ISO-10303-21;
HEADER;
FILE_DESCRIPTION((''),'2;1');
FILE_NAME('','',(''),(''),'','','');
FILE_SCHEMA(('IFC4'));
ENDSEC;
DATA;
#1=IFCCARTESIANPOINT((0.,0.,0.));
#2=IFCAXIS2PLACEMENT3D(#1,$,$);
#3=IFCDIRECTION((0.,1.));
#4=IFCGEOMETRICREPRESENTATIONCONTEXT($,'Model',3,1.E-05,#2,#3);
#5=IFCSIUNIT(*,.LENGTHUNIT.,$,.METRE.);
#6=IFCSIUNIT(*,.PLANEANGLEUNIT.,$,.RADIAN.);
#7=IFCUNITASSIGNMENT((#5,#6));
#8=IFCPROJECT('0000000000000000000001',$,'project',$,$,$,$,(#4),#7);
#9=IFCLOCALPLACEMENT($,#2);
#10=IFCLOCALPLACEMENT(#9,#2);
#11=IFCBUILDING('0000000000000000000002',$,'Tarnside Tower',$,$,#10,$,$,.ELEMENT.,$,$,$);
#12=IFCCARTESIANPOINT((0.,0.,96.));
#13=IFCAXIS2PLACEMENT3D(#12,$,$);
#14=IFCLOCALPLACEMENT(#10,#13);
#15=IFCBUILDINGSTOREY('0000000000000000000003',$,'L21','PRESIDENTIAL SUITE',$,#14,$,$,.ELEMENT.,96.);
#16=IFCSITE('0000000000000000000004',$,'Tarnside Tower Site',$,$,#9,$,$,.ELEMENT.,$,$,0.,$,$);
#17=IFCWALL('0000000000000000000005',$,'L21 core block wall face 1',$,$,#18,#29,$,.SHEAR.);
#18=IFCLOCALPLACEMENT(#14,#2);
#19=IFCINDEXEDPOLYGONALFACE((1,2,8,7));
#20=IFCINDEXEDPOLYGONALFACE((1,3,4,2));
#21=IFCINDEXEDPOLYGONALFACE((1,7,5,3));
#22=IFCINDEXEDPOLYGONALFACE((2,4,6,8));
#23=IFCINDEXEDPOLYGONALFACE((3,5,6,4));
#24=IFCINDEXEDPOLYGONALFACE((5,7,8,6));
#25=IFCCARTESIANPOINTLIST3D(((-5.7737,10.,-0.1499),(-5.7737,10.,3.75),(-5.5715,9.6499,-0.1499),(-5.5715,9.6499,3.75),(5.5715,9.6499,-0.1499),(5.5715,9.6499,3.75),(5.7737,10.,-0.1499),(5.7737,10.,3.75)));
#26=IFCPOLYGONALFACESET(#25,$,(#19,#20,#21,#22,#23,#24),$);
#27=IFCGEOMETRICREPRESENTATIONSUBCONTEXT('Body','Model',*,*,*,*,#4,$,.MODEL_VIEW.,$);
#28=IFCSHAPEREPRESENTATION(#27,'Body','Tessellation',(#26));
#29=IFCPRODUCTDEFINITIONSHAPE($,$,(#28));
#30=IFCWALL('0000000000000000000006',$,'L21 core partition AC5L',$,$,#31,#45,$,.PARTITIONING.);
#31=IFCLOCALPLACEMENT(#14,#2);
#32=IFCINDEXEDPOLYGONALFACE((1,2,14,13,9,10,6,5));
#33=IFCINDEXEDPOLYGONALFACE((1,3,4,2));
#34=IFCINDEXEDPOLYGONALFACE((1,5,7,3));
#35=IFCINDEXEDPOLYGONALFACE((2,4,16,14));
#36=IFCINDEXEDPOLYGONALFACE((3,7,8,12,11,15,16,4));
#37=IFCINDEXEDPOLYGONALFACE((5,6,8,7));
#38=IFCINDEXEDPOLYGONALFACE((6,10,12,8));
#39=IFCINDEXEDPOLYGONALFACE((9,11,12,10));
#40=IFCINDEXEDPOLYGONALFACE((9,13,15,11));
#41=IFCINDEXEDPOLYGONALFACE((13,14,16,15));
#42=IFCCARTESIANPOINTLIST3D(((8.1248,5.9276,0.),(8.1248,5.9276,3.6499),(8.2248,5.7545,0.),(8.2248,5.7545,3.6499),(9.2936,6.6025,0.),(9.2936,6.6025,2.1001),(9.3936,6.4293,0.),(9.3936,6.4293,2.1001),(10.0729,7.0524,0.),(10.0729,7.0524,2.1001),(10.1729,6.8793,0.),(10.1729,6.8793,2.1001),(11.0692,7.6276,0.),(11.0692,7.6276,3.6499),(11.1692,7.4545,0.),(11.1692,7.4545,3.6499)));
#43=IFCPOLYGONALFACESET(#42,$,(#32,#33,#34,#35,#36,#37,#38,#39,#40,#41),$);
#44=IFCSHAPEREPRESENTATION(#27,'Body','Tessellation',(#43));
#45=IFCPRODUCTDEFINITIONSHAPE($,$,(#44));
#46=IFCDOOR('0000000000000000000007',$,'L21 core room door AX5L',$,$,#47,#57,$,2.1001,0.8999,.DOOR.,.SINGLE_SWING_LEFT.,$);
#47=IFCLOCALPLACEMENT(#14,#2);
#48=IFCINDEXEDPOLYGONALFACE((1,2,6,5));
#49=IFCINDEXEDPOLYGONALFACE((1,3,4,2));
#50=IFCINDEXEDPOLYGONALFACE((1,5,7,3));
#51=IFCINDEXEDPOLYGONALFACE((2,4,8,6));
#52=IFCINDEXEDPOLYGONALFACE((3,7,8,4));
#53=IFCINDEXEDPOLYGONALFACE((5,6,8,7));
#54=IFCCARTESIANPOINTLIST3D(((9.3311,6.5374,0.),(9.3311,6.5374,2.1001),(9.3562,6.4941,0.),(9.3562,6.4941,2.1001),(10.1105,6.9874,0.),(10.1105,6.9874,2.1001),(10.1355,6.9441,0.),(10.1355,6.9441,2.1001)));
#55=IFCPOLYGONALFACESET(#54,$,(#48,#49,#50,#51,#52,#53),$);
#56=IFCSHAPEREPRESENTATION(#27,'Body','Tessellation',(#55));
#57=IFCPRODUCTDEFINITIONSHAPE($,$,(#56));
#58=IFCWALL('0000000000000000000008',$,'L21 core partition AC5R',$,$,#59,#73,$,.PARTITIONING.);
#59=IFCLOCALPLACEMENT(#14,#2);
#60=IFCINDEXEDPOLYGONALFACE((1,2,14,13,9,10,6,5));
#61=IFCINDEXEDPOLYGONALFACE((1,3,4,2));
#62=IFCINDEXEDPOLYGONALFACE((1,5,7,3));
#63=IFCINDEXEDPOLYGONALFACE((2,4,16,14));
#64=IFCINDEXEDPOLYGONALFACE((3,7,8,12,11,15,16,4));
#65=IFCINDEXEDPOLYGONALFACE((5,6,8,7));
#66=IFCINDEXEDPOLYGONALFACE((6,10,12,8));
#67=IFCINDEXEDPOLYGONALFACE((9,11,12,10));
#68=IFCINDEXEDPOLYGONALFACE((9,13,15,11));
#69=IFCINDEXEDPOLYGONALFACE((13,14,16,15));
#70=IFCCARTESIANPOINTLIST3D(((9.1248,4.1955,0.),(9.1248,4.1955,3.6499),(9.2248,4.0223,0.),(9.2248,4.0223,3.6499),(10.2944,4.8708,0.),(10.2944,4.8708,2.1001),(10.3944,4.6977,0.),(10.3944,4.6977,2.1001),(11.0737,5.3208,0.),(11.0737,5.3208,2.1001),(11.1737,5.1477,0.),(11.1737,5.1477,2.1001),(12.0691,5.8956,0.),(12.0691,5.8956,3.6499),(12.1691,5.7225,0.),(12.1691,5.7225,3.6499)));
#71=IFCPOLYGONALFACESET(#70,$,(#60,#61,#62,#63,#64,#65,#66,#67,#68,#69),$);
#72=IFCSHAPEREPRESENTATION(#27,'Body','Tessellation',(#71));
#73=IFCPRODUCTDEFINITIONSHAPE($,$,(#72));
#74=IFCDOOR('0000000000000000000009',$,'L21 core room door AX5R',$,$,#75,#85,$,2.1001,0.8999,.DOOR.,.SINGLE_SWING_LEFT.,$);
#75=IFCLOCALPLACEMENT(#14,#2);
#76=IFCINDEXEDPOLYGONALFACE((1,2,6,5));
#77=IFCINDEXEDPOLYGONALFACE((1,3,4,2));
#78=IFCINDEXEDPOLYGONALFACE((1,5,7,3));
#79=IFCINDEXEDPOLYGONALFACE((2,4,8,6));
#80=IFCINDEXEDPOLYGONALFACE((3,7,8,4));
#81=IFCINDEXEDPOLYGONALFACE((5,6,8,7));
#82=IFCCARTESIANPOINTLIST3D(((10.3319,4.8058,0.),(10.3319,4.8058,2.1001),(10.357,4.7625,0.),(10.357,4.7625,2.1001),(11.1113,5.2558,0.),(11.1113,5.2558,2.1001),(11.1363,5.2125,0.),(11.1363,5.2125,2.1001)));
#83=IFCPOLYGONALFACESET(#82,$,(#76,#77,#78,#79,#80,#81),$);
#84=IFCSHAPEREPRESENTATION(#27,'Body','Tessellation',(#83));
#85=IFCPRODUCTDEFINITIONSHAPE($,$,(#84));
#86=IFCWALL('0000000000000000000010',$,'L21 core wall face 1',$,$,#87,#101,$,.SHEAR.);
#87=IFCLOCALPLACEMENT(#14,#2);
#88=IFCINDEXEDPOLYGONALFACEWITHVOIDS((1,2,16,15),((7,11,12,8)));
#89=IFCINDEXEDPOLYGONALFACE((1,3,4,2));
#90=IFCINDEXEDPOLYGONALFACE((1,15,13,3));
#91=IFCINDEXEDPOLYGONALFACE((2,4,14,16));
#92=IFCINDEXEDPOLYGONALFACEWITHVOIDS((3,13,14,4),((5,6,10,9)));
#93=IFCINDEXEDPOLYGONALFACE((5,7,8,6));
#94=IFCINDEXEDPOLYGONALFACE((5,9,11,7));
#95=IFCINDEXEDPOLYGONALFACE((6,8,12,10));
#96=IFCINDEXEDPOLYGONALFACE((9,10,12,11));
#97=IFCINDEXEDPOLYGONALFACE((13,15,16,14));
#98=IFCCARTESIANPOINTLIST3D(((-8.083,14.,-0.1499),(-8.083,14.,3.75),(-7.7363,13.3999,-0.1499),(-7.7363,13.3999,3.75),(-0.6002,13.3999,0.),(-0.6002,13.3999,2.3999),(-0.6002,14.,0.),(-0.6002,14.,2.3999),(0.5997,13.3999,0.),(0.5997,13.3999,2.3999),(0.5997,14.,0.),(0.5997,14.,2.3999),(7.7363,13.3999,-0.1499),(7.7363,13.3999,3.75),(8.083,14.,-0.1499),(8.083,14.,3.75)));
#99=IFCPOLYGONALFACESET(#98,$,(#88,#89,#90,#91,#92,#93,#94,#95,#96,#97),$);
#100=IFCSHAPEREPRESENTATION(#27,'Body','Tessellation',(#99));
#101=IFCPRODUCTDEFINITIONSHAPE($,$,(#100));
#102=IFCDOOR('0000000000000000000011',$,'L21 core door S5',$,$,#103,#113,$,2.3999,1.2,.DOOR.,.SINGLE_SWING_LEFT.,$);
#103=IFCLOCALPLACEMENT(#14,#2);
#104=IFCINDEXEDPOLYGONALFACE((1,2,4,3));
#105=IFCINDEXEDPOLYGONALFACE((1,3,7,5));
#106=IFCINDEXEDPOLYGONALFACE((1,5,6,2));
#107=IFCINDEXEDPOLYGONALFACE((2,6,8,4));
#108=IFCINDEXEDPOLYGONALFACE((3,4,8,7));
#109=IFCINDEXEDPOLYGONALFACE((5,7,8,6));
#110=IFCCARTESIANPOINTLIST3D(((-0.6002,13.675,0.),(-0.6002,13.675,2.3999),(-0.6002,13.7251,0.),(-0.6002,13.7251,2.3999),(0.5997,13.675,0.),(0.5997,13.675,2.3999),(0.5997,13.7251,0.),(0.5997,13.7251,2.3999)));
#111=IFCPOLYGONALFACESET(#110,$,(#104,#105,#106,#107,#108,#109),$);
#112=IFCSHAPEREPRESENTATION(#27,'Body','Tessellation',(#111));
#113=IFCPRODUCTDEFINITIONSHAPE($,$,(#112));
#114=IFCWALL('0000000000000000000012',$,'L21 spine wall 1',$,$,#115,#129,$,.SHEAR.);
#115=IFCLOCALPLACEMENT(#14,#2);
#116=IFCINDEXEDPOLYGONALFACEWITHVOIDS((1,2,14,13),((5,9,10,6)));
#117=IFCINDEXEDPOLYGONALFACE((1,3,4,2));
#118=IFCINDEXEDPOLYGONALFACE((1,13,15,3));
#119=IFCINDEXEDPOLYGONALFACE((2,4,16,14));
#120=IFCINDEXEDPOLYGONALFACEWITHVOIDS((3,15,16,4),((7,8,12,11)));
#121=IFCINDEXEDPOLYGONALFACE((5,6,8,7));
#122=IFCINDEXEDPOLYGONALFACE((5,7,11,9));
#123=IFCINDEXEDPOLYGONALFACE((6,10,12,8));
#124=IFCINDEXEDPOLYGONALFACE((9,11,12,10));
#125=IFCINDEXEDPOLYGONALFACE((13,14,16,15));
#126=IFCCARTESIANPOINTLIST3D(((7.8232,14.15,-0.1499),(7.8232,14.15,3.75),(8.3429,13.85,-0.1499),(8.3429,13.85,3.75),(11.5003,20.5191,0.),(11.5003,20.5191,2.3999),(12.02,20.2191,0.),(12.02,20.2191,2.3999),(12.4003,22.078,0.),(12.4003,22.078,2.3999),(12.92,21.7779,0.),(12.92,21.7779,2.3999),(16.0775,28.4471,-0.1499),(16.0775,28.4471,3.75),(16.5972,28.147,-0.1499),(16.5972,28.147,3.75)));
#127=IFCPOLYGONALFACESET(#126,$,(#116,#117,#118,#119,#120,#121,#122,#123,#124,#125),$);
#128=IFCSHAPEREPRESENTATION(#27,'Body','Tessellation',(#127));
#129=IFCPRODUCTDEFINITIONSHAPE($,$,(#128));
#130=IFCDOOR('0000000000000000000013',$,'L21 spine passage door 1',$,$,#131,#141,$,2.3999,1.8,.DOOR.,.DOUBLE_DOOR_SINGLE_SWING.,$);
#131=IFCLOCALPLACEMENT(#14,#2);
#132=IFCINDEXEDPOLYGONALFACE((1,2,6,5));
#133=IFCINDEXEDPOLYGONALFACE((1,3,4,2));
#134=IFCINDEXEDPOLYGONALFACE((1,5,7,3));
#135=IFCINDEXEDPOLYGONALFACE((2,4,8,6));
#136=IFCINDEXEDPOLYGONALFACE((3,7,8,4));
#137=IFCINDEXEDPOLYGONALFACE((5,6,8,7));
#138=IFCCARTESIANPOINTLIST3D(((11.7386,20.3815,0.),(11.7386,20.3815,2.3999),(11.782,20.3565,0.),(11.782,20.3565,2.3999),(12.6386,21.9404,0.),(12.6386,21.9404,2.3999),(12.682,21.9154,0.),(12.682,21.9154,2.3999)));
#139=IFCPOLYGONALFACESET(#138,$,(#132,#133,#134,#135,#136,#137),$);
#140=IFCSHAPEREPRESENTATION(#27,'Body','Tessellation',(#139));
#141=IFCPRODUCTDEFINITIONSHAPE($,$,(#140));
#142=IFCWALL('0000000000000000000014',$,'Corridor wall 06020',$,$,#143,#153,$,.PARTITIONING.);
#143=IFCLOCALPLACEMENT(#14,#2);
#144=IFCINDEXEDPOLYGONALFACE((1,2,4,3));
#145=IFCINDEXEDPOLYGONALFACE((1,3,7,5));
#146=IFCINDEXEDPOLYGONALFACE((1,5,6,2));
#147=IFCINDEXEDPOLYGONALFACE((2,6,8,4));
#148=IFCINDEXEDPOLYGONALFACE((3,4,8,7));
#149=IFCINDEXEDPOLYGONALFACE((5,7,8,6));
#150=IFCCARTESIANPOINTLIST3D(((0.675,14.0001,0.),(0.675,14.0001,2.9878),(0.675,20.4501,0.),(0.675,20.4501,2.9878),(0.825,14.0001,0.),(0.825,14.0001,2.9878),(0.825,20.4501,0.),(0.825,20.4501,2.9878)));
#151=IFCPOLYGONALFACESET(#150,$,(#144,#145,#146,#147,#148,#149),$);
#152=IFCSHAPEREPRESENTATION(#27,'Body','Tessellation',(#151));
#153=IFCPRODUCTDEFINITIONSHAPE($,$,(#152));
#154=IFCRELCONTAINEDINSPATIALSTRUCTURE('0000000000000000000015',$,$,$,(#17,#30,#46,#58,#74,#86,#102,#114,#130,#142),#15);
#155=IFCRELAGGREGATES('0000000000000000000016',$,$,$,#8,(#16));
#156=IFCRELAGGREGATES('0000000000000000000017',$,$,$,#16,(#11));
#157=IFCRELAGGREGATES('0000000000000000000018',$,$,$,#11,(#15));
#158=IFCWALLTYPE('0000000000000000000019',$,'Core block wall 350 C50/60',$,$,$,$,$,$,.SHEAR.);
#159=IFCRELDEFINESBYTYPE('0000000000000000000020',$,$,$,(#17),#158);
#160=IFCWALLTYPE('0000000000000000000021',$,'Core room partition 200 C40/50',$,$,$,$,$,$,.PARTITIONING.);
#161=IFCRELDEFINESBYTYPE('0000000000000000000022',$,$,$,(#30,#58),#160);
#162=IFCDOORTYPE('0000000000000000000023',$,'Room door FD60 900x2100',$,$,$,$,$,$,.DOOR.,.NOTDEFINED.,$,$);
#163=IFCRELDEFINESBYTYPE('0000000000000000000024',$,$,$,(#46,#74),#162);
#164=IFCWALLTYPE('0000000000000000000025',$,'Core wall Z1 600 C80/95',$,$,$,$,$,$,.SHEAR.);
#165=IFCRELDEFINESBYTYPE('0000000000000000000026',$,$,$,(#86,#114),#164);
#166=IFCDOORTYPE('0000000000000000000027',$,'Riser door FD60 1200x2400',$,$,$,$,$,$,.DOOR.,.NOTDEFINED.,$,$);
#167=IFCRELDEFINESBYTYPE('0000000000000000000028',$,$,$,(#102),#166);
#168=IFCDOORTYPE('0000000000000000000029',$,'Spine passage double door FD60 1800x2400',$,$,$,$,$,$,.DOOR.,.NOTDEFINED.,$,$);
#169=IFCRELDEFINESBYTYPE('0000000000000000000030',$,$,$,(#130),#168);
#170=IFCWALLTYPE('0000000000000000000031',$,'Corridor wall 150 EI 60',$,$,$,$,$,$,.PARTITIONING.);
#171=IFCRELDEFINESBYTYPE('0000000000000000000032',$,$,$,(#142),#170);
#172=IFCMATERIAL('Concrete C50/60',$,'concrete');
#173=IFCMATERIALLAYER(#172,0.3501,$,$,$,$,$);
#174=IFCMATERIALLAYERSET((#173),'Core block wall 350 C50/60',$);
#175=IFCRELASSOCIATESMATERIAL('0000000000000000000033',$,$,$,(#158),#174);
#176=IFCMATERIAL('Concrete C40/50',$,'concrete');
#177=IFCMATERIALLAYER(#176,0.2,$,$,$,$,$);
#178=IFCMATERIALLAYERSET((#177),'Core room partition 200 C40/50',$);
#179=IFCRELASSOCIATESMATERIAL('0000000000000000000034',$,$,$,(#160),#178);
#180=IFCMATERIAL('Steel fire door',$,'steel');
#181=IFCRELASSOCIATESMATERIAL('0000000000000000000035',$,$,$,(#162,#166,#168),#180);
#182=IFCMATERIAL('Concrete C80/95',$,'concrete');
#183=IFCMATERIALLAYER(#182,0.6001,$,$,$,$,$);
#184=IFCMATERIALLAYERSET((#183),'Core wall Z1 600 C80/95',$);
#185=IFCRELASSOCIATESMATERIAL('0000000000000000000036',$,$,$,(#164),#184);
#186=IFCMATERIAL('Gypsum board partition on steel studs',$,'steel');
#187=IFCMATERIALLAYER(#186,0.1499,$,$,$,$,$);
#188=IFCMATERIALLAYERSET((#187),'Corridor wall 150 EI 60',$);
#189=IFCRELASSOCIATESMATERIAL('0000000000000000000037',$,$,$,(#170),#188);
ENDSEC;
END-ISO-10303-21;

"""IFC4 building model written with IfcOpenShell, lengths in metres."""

from ifc_helpers import new_model, si_unit, direction, frame, frame_2d, origin, place, context, subcontext, project, spatial, polyline, rectangle, outline, extrude, material, layer, layer_set, type_object, element, fill, save


model = new_model("IFC4")

# Units and contexts
model_context = context("Model", 3, precision=1e-05, world=origin(), true_north=direction((0.0, 1.0)))
body_context = subcontext(model_context, "Body", "Model", "MODEL_VIEW")
ifc_project = project(units=[si_unit("LENGTHUNIT", "METRE"), si_unit("PLANEANGLEUNIT", "RADIAN")], contexts=[model_context])

# Site, building, storey
site_placement = place(None, origin())
site = spatial("IfcSite", under=ifc_project, at=site_placement, Name="Tarnside Tower Site", CompositionType="ELEMENT", RefElevation=0.0)
building_placement = place(site_placement, origin())
building = spatial("IfcBuilding", under=site, at=building_placement, Name="Tarnside Tower", CompositionType="ELEMENT")
storey_placement = place(building_placement, frame((0.0, 0.0, 96.0)))
storey = spatial("IfcBuildingStorey", under=building, at=storey_placement, Name="L21", Description="PRESIDENTIAL SUITE", CompositionType="ELEMENT", Elevation=96.0)

# Wall
ifc_material_1 = material(Name="Concrete C50/60", Category="concrete")
ifc_layer_1 = layer(ifc_material_1, 0.3501)
ifc_layer_set_1 = layer_set([ifc_layer_1], Name="Core block wall 350 C50/60")
wall_type_1 = type_object("IfcWallType", Name="Core block wall 350 C50/60", PredefinedType="SHEAR", material=ifc_layer_set_1)
wall_1_placement = place(storey_placement, frame((5.6726, 9.825, -0.1499), z_axis=(0.0, 0.0, 1.0), x_axis=(-1.0, 0.0, 0.0)))
element("IfcWall", 1, at=wall_1_placement, inside=storey, type_object=wall_type_1, Name="L21 core block wall face 1", PredefinedType="SHEAR", context=body_context, shape_type="SweptSolid", body=[
    extrude(outline(polyline([(-0.1011, -0.175), (11.4463, -0.175), (11.2441, 0.175), (0.1011, 0.175), (-0.1011, -0.175)])), origin(), (0.0, 0.0, 1.0), 3.8999),
])

# Walls, openings, doors
ifc_material_2 = material(Name="Concrete C40/50", Category="concrete")
ifc_layer_2 = layer(ifc_material_2, 0.2)
ifc_layer_set_2 = layer_set([ifc_layer_2], Name="Core room partition 200 C40/50")
wall_type_2 = type_object("IfcWallType", Name="Core room partition 200 C40/50", PredefinedType="PARTITIONING", material=ifc_layer_set_2)
wall_2_placement = place(storey_placement, frame((8.1748, 5.8411, 0.0), z_axis=(0.0, 0.0, 1.0), x_axis=(0.866021, 0.500008, 0.0)))
wall_2 = element("IfcWall", 2, at=wall_2_placement, inside=storey, type_object=wall_type_2, Name="L21 core partition AC5L", PredefinedType="PARTITIONING", context=body_context, shape_type="SweptSolid", body=[
    extrude(rectangle(XDim=3.3999, YDim=0.2, at=frame_2d((1.7, 0.0))), origin(), (0.0, 0.0, 1.0), 3.6499),
])
opening_1_placement = place(wall_2_placement, frame((1.3496, 0.0, 0.0)))
opening_1 = element("IfcOpeningElement", 3, at=opening_1_placement, cuts=wall_2, PredefinedType="OPENING", context=body_context, shape_type="SweptSolid", body=[
    extrude(rectangle(XDim=0.8999, YDim=2.1001, at=frame_2d((0.45, 1.05))), frame((0.0, 0.1099, 0.0), z_axis=(0.0, -1.0, 0.0), x_axis=(1.0, 0.0, 0.0)), (0.0, 0.0, 1.0), 0.22),
])
ifc_material_3 = material(Name="Steel fire door", Category="steel")
door_type_1 = type_object("IfcDoorType", Name="Room door FD60 900x2100", OperationType="NOTDEFINED", PredefinedType="DOOR", material=ifc_material_3)
door_1_placement = place(opening_1_placement, origin())
door_1 = element("IfcDoor", 4, at=door_1_placement, inside=storey, type_object=door_type_1, Name="L21 core room door AX5L", OperationType="SINGLE_SWING_LEFT", OverallHeight=2.1001, OverallWidth=0.8999, PredefinedType="DOOR", context=body_context, shape_type="SweptSolid", body=[
    extrude(rectangle(XDim=0.8999, YDim=2.1001, at=frame_2d((0.45, 1.05))), frame((0.0, 0.0249, 0.0), z_axis=(0.0, -1.0, 0.0), x_axis=(1.0, 0.0, 0.0)), (0.0, 0.0, 1.0), 0.05),
])
fill(opening_1, door_1)
wall_3_placement = place(storey_placement, frame((9.1748, 4.1089, 0.0), z_axis=(0.0, 0.0, 1.0), x_axis=(0.865989, 0.500062, 0.0)))
wall_3 = element("IfcWall", 5, at=wall_3_placement, inside=storey, type_object=wall_type_2, Name="L21 core partition AC5R", PredefinedType="PARTITIONING", context=body_context, shape_type="SweptSolid", body=[
    extrude(rectangle(XDim=3.3999, YDim=0.2, at=frame_2d((1.7, 0.0))), origin(), (0.0, 0.0, 1.0), 3.6499),
])
opening_2_placement = place(wall_3_placement, frame((1.3506, 0.0, 0.0)))
opening_2 = element("IfcOpeningElement", 6, at=opening_2_placement, cuts=wall_3, PredefinedType="OPENING", context=body_context, shape_type="SweptSolid", body=[
    extrude(rectangle(XDim=0.8999, YDim=2.1001, at=frame_2d((0.45, 1.05))), frame((0.0, 0.1099, 0.0), z_axis=(0.0, -1.0, 0.0), x_axis=(1.0, 0.0, 0.0)), (0.0, 0.0, 1.0), 0.22),
])
door_2_placement = place(opening_2_placement, origin())
door_2 = element("IfcDoor", 7, at=door_2_placement, inside=storey, type_object=door_type_1, Name="L21 core room door AX5R", OperationType="SINGLE_SWING_LEFT", OverallHeight=2.1001, OverallWidth=0.8999, PredefinedType="DOOR", context=body_context, shape_type="SweptSolid", body=[
    extrude(rectangle(XDim=0.8999, YDim=2.1001, at=frame_2d((0.45, 1.05))), frame((0.0, 0.0249, 0.0), z_axis=(0.0, -1.0, 0.0), x_axis=(1.0, 0.0, 0.0)), (0.0, 0.0, 1.0), 0.05),
])
fill(opening_2, door_2)
ifc_material_4 = material(Name="Concrete C80/95", Category="concrete")
ifc_layer_3 = layer(ifc_material_4, 0.6001)
ifc_layer_set_3 = layer_set([ifc_layer_3], Name="Core wall Z1 600 C80/95")
wall_type_3 = type_object("IfcWallType", Name="Core wall Z1 600 C80/95", PredefinedType="SHEAR", material=ifc_layer_set_3)
wall_4_placement = place(storey_placement, frame((7.9097, 13.7, -0.1499), z_axis=(0.0, 0.0, 1.0), x_axis=(-1.0, 0.0, 0.0)))
wall_4 = element("IfcWall", 8, at=wall_4_placement, inside=storey, type_object=wall_type_3, Name="L21 core wall face 1", PredefinedType="SHEAR", context=body_context, shape_type="SweptSolid", body=[
    extrude(outline(polyline([(-0.1733, -0.3), (15.9927, -0.3), (15.646, 0.3), (0.1733, 0.3), (-0.1733, -0.3)])), origin(), (0.0, 0.0, 1.0), 3.8999),
])
opening_3_placement = place(wall_4_placement, frame((7.3098, 0.0, 0.1499)))
opening_3 = element("IfcOpeningElement", 9, at=opening_3_placement, cuts=wall_4, PredefinedType="OPENING", context=body_context, shape_type="SweptSolid", body=[
    extrude(rectangle(XDim=1.2, YDim=2.3999, at=frame_2d((0.6001, 1.2))), frame((0.0, 0.3101, 0.0), z_axis=(0.0, -1.0, 0.0), x_axis=(1.0, 0.0, 0.0)), (0.0, 0.0, 1.0), 0.6201),
])
door_type_2 = type_object("IfcDoorType", Name="Riser door FD60 1200x2400", OperationType="NOTDEFINED", PredefinedType="DOOR", material=ifc_material_3)
door_3_placement = place(opening_3_placement, origin())
door_3 = element("IfcDoor", 10, at=door_3_placement, inside=storey, type_object=door_type_2, Name="L21 core door S5", OperationType="SINGLE_SWING_LEFT", OverallHeight=2.3999, OverallWidth=1.2, PredefinedType="DOOR", context=body_context, shape_type="SweptSolid", body=[
    extrude(rectangle(XDim=1.2, YDim=2.3999, at=frame_2d((0.6001, 1.2))), frame((0.0, 0.0249, 0.0), z_axis=(0.0, -1.0, 0.0), x_axis=(1.0, 0.0, 0.0)), (0.0, 0.0, 1.0), 0.05),
])
fill(opening_3, door_3)
wall_5_placement = place(storey_placement, frame((8.083, 14.0, -0.1499), z_axis=(0.0, 0.0, 1.0), x_axis=(0.499998, 0.866027, 0.0)))
wall_5 = element("IfcWall", 11, at=wall_5_placement, inside=storey, type_object=wall_type_3, Name="L21 spine wall 1", PredefinedType="SHEAR", context=body_context, shape_type="SweptSolid", body=[
    extrude(rectangle(XDim=16.5088, YDim=0.6001, at=frame_2d((8.2544, 0.0))), origin(), (0.0, 0.0, 1.0), 3.8999),
])
opening_4_placement = place(wall_5_placement, frame((7.3545, 0.0, 0.1499)))
opening_4 = element("IfcOpeningElement", 12, at=opening_4_placement, cuts=wall_5, PredefinedType="OPENING", context=body_context, shape_type="SweptSolid", body=[
    extrude(rectangle(XDim=1.8, YDim=2.3999, at=frame_2d((0.8999, 1.2))), frame((0.0, 0.3101, 0.0), z_axis=(0.0, -1.0, 0.0), x_axis=(1.0, 0.0, 0.0)), (0.0, 0.0, 1.0), 0.6201),
])
door_type_3 = type_object("IfcDoorType", Name="Spine passage double door FD60 1800x2400", OperationType="NOTDEFINED", PredefinedType="DOOR", material=ifc_material_3)
door_4_placement = place(opening_4_placement, origin())
door_4 = element("IfcDoor", 13, at=door_4_placement, inside=storey, type_object=door_type_3, Name="L21 spine passage door 1", OperationType="DOUBLE_DOOR_SINGLE_SWING", OverallHeight=2.3999, OverallWidth=1.8, PredefinedType="DOOR", context=body_context, shape_type="SweptSolid", body=[
    extrude(rectangle(XDim=1.8, YDim=2.3999, at=frame_2d((0.8999, 1.2))), frame((0.0, 0.0249, 0.0), z_axis=(0.0, -1.0, 0.0), x_axis=(1.0, 0.0, 0.0)), (0.0, 0.0, 1.0), 0.05),
])
fill(opening_4, door_4)

# Wall
ifc_material_5 = material(Name="Gypsum board partition on steel studs", Category="steel")
ifc_layer_4 = layer(ifc_material_5, 0.1499)
ifc_layer_set_4 = layer_set([ifc_layer_4], Name="Corridor wall 150 EI 60")
wall_type_4 = type_object("IfcWallType", Name="Corridor wall 150 EI 60", PredefinedType="PARTITIONING", material=ifc_layer_set_4)
wall_6_placement = place(storey_placement, frame((0.75, 14.0, 0.0), z_axis=(0.0, 0.0, 1.0), x_axis=(0.0, 1.0, 0.0)))
element("IfcWall", 14, at=wall_6_placement, inside=storey, type_object=wall_type_4, Name="Corridor wall 06020", PredefinedType="PARTITIONING", context=body_context, shape_type="SweptSolid", body=[
    extrude(rectangle(XDim=6.45, YDim=0.1499, at=frame_2d((3.2251, 0.0))), origin(), (0.0, 0.0, 1.0), 2.9878),
])

save(model, "model.ifc")
